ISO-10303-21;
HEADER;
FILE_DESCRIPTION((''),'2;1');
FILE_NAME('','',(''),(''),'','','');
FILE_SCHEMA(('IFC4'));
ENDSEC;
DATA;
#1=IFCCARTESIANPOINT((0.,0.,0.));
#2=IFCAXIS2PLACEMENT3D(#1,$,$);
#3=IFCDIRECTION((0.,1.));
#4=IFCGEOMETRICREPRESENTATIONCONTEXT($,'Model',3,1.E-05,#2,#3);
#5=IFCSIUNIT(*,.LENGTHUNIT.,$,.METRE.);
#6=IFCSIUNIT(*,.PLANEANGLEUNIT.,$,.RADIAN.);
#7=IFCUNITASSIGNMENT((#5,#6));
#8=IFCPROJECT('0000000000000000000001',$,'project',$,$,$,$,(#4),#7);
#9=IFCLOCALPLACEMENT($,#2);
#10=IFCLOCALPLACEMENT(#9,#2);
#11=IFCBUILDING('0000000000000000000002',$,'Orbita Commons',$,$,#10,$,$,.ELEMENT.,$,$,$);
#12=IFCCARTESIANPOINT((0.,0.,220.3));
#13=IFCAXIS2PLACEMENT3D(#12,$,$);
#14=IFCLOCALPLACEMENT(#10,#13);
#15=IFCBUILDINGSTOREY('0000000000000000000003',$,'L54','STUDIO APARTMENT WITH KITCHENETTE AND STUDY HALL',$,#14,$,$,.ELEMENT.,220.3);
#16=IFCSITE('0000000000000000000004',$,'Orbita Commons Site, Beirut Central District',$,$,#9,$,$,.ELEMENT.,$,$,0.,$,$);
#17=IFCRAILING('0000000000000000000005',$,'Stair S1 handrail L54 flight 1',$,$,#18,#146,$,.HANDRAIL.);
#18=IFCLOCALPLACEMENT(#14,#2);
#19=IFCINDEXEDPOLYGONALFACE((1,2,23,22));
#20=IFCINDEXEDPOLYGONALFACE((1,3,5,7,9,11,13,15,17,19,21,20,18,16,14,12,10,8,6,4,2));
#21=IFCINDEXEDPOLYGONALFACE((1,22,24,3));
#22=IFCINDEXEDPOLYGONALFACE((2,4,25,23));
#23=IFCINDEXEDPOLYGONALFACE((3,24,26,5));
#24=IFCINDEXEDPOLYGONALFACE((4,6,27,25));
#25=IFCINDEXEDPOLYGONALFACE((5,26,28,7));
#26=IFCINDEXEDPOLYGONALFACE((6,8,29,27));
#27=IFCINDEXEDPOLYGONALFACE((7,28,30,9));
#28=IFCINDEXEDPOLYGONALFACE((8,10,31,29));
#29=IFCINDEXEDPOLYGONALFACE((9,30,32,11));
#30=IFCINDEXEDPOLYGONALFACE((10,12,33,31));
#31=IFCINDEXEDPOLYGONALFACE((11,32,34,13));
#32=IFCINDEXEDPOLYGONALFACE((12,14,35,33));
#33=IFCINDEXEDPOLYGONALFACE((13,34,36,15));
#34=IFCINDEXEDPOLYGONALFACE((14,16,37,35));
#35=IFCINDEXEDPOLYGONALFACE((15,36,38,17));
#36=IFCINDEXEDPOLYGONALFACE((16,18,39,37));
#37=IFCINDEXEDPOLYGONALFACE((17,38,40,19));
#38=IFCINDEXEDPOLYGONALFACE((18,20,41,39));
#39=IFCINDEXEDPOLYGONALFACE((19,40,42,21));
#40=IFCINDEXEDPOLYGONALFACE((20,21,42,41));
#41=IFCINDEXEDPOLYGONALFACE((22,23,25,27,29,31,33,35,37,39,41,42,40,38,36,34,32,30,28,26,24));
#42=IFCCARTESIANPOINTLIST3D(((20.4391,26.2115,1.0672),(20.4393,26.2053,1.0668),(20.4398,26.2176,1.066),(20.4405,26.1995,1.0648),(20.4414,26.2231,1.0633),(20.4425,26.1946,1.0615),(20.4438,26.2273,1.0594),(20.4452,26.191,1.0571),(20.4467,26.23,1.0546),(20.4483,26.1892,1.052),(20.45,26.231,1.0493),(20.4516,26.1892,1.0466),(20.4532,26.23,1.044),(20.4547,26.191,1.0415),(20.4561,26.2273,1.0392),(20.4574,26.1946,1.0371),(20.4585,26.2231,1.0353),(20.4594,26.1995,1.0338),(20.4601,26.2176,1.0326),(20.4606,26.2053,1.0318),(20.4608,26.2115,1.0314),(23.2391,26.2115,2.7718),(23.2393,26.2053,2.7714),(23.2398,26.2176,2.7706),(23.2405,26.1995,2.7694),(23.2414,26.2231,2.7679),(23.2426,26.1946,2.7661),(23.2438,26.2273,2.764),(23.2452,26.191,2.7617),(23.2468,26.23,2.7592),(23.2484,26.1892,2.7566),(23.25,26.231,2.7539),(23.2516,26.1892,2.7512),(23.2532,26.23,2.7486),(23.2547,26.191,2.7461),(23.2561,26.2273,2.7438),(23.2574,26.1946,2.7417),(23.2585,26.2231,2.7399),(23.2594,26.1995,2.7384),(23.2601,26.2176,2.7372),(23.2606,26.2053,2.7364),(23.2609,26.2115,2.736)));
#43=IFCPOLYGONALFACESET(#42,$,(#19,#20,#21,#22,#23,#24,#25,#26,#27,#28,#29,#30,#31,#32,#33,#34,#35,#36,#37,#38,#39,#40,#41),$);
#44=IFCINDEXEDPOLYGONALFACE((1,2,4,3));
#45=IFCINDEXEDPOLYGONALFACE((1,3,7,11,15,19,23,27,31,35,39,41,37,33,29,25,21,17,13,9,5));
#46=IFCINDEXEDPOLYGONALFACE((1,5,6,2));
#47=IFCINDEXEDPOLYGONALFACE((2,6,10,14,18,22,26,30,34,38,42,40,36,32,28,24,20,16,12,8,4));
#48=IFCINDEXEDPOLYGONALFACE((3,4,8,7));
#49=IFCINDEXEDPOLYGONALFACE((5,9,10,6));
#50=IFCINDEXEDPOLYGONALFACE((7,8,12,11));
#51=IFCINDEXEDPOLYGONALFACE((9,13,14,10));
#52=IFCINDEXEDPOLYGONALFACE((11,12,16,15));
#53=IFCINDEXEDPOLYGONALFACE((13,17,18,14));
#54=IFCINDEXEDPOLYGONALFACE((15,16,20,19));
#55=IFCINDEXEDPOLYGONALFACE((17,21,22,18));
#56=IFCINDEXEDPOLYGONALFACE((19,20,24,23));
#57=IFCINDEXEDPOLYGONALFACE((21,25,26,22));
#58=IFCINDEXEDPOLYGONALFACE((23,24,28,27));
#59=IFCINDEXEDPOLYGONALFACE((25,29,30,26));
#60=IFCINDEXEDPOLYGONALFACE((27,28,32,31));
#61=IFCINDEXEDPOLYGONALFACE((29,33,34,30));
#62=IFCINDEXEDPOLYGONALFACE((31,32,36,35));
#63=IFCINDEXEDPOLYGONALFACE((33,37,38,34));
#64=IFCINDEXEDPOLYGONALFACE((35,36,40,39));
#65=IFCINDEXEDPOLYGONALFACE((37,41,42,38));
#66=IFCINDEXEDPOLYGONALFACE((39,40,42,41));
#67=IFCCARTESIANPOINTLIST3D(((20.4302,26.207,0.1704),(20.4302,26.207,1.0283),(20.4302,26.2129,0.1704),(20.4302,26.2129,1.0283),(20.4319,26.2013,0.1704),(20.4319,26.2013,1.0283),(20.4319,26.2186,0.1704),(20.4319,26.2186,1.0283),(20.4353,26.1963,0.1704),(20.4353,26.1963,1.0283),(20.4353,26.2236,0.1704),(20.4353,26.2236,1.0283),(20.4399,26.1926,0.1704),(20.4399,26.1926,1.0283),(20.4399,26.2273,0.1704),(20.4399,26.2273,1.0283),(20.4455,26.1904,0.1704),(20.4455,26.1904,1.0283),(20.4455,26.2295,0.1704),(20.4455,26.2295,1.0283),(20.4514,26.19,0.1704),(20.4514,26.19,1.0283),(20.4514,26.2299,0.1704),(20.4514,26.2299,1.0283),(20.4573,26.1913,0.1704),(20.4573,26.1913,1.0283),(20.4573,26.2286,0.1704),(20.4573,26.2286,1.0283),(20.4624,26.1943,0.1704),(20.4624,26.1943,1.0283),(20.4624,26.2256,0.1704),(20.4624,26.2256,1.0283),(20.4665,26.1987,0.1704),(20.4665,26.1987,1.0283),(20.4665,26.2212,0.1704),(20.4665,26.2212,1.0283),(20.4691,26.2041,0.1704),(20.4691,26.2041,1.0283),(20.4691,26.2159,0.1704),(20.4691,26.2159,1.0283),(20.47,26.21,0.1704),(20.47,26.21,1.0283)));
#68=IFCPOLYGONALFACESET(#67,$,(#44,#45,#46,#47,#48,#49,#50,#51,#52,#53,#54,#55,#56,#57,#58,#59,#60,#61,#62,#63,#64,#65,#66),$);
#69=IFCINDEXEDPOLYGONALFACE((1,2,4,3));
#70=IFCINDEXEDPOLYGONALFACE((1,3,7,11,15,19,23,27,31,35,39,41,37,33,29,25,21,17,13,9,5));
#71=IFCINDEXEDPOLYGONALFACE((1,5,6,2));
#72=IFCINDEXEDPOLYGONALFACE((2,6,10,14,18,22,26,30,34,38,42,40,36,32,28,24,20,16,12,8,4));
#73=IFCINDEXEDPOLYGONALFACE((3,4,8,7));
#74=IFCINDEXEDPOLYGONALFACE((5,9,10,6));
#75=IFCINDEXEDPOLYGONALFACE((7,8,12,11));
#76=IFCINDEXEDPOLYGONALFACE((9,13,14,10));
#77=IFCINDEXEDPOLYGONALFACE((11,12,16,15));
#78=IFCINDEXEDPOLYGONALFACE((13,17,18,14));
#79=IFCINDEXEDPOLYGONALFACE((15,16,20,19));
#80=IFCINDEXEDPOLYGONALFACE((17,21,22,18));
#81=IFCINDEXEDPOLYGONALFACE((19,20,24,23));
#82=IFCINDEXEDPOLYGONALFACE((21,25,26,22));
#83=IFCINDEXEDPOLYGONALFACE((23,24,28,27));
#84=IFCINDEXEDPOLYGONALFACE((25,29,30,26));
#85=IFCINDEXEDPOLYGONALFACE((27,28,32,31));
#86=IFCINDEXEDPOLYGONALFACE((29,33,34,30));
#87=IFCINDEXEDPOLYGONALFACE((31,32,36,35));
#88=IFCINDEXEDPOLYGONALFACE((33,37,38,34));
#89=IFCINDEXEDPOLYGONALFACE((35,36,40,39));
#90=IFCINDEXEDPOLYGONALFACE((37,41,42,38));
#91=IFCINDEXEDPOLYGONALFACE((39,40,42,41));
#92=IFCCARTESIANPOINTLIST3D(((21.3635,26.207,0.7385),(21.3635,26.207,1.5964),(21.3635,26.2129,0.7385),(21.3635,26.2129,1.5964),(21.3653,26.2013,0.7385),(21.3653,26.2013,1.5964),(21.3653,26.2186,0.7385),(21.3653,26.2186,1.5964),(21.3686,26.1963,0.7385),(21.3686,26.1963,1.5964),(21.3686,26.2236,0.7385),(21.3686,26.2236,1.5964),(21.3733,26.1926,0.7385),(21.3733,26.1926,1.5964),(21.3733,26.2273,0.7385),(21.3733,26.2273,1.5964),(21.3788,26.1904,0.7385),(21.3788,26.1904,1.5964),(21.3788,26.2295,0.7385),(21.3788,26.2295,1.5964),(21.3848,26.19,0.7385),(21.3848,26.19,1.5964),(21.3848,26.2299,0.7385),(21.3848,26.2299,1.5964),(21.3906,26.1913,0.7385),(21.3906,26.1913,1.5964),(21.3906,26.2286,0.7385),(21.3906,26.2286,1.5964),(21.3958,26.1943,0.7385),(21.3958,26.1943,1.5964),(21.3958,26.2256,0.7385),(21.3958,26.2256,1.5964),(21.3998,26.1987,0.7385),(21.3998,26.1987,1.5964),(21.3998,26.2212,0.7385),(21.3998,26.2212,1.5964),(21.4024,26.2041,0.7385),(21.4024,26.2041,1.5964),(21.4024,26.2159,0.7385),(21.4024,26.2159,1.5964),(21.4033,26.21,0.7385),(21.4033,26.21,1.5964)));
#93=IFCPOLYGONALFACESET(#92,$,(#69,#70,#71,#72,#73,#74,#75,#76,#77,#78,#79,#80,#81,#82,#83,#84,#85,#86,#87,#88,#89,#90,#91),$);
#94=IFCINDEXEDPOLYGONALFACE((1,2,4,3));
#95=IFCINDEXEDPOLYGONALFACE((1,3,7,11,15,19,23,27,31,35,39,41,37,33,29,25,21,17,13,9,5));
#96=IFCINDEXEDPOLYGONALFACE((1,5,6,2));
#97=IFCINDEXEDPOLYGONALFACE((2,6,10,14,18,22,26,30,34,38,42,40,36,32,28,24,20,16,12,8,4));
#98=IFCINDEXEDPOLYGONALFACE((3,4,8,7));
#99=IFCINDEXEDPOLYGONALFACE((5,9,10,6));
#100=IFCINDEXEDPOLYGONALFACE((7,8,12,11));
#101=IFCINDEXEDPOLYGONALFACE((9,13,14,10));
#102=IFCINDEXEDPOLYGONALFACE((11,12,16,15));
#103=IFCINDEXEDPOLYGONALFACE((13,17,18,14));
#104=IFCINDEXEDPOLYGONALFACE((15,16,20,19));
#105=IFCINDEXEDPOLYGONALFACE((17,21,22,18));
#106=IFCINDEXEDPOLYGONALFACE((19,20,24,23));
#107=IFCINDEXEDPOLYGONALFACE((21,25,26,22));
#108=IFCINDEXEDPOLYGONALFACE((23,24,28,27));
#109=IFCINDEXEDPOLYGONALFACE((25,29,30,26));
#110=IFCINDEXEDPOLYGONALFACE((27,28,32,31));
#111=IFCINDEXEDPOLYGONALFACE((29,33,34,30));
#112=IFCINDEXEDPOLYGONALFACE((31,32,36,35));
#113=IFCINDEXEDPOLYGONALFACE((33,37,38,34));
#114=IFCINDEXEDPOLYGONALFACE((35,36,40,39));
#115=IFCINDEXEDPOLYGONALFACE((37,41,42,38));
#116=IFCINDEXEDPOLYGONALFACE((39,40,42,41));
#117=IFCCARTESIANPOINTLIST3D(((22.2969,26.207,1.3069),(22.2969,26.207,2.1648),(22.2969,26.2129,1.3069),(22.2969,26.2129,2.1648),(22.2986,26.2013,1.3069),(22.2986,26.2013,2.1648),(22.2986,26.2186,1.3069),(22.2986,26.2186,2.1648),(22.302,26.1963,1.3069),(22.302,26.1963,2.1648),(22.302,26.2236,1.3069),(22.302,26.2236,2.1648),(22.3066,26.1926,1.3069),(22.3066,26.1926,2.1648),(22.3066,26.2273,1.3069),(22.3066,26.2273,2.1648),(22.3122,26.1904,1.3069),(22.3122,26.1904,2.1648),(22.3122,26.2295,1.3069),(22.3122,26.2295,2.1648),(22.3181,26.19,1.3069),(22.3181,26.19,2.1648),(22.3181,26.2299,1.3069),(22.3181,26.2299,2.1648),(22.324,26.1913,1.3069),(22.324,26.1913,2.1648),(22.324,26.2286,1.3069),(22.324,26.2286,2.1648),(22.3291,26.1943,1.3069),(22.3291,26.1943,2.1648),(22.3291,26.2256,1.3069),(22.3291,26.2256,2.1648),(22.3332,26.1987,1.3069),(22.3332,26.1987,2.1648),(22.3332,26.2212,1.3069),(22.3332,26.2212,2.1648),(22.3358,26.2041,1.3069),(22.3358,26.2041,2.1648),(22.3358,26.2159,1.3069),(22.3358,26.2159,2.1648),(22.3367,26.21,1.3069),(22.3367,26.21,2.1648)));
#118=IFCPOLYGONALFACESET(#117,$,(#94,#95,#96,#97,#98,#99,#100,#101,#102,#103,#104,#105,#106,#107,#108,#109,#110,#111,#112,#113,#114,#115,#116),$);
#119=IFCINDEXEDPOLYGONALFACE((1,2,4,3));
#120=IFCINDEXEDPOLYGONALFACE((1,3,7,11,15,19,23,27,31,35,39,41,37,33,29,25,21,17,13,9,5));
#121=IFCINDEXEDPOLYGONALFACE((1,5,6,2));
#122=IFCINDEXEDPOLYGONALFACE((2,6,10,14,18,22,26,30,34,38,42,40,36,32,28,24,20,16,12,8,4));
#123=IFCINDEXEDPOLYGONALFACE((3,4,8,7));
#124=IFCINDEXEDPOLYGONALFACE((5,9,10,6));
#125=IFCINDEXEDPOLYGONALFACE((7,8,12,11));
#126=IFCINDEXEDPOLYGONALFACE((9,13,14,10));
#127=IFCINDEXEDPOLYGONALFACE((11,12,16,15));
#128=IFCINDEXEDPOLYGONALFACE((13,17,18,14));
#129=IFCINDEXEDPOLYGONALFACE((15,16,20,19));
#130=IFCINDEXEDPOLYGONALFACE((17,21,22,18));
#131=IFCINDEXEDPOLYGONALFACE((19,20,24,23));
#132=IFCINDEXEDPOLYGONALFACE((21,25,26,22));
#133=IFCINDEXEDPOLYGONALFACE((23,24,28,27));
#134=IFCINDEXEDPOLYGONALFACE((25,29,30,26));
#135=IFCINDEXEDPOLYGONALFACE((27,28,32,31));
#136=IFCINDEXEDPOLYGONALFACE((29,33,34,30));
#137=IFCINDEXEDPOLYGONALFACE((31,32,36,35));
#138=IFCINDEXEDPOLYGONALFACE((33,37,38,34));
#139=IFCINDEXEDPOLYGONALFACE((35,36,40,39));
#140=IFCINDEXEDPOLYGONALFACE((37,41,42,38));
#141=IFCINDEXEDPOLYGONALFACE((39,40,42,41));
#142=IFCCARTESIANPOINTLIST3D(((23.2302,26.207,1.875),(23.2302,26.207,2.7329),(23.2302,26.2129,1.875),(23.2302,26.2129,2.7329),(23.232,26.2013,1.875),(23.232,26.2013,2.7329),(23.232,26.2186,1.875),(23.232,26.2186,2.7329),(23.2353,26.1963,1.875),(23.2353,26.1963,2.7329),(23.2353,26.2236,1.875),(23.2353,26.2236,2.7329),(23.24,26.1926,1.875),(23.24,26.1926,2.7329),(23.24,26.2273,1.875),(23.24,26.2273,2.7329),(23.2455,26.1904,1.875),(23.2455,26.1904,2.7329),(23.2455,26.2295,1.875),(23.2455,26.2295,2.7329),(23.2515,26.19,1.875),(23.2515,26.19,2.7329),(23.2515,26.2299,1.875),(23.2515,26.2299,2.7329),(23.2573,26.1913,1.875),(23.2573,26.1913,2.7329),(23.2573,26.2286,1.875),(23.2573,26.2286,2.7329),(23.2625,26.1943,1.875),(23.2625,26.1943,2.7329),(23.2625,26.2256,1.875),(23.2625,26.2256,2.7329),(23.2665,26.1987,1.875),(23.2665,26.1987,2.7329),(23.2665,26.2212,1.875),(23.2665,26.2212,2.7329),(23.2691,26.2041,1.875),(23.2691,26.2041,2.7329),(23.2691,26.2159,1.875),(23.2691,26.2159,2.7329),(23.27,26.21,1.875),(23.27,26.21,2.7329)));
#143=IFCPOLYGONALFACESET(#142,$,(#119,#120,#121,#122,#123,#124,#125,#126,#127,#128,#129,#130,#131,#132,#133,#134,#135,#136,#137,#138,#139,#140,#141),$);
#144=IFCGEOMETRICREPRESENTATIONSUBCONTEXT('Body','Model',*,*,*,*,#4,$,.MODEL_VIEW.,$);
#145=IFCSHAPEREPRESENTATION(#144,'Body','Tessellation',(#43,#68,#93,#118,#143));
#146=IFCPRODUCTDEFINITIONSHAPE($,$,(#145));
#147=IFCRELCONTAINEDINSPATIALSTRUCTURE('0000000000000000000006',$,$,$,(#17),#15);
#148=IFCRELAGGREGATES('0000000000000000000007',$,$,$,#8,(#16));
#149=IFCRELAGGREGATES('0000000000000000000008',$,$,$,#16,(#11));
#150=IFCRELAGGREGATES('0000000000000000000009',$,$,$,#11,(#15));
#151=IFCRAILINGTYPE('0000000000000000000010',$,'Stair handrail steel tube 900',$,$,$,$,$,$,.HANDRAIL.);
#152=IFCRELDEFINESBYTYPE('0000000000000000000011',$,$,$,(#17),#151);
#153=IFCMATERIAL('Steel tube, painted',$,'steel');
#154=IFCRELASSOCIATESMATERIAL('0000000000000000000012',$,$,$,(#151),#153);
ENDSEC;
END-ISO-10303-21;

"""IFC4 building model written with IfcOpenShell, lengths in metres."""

from ifc_helpers import new_model, si_unit, direction, frame, origin, origin_2d, place, context, subcontext, project, spatial, circle, extrude, material, type_object, element, save


model = new_model("IFC4")

# Units and contexts
model_context = context("Model", 3, precision=1e-05, world=origin(), true_north=direction((0.0, 1.0)))
body_context = subcontext(model_context, "Body", "Model", "MODEL_VIEW")
ifc_project = project(units=[si_unit("LENGTHUNIT", "METRE"), si_unit("PLANEANGLEUNIT", "RADIAN")], contexts=[model_context])

# Site, building, storey
site_placement = place(None, origin())
site = spatial("IfcSite", under=ifc_project, at=site_placement, Name="Orbita Commons Site, Beirut Central District", CompositionType="ELEMENT", RefElevation=0.0)
building_placement = place(site_placement, origin())
building = spatial("IfcBuilding", under=site, at=building_placement, Name="Orbita Commons", CompositionType="ELEMENT")
storey_placement = place(building_placement, frame((0.0, 0.0, 220.3)))
storey = spatial("IfcBuildingStorey", under=building, at=storey_placement, Name="L54", Description="STUDIO APARTMENT WITH KITCHENETTE AND STUDY HALL", CompositionType="ELEMENT", Elevation=220.3)

# Railing
ifc_material_1 = material(Name="Steel tube, painted", Category="steel")
railing_type = type_object("IfcRailingType", Name="Stair handrail steel tube 900", PredefinedType="HANDRAIL", material=ifc_material_1)
for number, where, name in (
    (1, (20.45, 26.21, 0.1704), "Stair S1 handrail L54 flight 1"),
):
    element("IfcRailing", number, at=place(storey_placement, frame(where)), inside=storey, type_object=railing_type, Name=name, PredefinedType="HANDRAIL", context=body_context, shape_type="SweptSolid", body=[
        extrude(circle(Radius=0.021, at=origin_2d()), frame((0.0, 0.0, 0.8789), z_axis=(0.85417, 0.0, 0.519994), x_axis=(0.0, 1.0, 0.0)), (0.0, 0.0, 1.0), 3.2781),
        extrude(circle(Radius=0.02, at=origin_2d()), origin(), (0.0, 0.0, 1.0), 0.8579),
        extrude(circle(Radius=0.02, at=origin_2d()), frame((0.9333, 0.0, 0.5681)), (0.0, 0.0, 1.0), 0.8579),
        extrude(circle(Radius=0.02, at=origin_2d()), frame((1.8667, 0.0, 1.1365)), (0.0, 0.0, 1.0), 0.8579),
        extrude(circle(Radius=0.02, at=origin_2d()), frame((2.8, 0.0, 1.7046)), (0.0, 0.0, 1.0), 0.8579),
    ])

save(model, "model.ifc")
